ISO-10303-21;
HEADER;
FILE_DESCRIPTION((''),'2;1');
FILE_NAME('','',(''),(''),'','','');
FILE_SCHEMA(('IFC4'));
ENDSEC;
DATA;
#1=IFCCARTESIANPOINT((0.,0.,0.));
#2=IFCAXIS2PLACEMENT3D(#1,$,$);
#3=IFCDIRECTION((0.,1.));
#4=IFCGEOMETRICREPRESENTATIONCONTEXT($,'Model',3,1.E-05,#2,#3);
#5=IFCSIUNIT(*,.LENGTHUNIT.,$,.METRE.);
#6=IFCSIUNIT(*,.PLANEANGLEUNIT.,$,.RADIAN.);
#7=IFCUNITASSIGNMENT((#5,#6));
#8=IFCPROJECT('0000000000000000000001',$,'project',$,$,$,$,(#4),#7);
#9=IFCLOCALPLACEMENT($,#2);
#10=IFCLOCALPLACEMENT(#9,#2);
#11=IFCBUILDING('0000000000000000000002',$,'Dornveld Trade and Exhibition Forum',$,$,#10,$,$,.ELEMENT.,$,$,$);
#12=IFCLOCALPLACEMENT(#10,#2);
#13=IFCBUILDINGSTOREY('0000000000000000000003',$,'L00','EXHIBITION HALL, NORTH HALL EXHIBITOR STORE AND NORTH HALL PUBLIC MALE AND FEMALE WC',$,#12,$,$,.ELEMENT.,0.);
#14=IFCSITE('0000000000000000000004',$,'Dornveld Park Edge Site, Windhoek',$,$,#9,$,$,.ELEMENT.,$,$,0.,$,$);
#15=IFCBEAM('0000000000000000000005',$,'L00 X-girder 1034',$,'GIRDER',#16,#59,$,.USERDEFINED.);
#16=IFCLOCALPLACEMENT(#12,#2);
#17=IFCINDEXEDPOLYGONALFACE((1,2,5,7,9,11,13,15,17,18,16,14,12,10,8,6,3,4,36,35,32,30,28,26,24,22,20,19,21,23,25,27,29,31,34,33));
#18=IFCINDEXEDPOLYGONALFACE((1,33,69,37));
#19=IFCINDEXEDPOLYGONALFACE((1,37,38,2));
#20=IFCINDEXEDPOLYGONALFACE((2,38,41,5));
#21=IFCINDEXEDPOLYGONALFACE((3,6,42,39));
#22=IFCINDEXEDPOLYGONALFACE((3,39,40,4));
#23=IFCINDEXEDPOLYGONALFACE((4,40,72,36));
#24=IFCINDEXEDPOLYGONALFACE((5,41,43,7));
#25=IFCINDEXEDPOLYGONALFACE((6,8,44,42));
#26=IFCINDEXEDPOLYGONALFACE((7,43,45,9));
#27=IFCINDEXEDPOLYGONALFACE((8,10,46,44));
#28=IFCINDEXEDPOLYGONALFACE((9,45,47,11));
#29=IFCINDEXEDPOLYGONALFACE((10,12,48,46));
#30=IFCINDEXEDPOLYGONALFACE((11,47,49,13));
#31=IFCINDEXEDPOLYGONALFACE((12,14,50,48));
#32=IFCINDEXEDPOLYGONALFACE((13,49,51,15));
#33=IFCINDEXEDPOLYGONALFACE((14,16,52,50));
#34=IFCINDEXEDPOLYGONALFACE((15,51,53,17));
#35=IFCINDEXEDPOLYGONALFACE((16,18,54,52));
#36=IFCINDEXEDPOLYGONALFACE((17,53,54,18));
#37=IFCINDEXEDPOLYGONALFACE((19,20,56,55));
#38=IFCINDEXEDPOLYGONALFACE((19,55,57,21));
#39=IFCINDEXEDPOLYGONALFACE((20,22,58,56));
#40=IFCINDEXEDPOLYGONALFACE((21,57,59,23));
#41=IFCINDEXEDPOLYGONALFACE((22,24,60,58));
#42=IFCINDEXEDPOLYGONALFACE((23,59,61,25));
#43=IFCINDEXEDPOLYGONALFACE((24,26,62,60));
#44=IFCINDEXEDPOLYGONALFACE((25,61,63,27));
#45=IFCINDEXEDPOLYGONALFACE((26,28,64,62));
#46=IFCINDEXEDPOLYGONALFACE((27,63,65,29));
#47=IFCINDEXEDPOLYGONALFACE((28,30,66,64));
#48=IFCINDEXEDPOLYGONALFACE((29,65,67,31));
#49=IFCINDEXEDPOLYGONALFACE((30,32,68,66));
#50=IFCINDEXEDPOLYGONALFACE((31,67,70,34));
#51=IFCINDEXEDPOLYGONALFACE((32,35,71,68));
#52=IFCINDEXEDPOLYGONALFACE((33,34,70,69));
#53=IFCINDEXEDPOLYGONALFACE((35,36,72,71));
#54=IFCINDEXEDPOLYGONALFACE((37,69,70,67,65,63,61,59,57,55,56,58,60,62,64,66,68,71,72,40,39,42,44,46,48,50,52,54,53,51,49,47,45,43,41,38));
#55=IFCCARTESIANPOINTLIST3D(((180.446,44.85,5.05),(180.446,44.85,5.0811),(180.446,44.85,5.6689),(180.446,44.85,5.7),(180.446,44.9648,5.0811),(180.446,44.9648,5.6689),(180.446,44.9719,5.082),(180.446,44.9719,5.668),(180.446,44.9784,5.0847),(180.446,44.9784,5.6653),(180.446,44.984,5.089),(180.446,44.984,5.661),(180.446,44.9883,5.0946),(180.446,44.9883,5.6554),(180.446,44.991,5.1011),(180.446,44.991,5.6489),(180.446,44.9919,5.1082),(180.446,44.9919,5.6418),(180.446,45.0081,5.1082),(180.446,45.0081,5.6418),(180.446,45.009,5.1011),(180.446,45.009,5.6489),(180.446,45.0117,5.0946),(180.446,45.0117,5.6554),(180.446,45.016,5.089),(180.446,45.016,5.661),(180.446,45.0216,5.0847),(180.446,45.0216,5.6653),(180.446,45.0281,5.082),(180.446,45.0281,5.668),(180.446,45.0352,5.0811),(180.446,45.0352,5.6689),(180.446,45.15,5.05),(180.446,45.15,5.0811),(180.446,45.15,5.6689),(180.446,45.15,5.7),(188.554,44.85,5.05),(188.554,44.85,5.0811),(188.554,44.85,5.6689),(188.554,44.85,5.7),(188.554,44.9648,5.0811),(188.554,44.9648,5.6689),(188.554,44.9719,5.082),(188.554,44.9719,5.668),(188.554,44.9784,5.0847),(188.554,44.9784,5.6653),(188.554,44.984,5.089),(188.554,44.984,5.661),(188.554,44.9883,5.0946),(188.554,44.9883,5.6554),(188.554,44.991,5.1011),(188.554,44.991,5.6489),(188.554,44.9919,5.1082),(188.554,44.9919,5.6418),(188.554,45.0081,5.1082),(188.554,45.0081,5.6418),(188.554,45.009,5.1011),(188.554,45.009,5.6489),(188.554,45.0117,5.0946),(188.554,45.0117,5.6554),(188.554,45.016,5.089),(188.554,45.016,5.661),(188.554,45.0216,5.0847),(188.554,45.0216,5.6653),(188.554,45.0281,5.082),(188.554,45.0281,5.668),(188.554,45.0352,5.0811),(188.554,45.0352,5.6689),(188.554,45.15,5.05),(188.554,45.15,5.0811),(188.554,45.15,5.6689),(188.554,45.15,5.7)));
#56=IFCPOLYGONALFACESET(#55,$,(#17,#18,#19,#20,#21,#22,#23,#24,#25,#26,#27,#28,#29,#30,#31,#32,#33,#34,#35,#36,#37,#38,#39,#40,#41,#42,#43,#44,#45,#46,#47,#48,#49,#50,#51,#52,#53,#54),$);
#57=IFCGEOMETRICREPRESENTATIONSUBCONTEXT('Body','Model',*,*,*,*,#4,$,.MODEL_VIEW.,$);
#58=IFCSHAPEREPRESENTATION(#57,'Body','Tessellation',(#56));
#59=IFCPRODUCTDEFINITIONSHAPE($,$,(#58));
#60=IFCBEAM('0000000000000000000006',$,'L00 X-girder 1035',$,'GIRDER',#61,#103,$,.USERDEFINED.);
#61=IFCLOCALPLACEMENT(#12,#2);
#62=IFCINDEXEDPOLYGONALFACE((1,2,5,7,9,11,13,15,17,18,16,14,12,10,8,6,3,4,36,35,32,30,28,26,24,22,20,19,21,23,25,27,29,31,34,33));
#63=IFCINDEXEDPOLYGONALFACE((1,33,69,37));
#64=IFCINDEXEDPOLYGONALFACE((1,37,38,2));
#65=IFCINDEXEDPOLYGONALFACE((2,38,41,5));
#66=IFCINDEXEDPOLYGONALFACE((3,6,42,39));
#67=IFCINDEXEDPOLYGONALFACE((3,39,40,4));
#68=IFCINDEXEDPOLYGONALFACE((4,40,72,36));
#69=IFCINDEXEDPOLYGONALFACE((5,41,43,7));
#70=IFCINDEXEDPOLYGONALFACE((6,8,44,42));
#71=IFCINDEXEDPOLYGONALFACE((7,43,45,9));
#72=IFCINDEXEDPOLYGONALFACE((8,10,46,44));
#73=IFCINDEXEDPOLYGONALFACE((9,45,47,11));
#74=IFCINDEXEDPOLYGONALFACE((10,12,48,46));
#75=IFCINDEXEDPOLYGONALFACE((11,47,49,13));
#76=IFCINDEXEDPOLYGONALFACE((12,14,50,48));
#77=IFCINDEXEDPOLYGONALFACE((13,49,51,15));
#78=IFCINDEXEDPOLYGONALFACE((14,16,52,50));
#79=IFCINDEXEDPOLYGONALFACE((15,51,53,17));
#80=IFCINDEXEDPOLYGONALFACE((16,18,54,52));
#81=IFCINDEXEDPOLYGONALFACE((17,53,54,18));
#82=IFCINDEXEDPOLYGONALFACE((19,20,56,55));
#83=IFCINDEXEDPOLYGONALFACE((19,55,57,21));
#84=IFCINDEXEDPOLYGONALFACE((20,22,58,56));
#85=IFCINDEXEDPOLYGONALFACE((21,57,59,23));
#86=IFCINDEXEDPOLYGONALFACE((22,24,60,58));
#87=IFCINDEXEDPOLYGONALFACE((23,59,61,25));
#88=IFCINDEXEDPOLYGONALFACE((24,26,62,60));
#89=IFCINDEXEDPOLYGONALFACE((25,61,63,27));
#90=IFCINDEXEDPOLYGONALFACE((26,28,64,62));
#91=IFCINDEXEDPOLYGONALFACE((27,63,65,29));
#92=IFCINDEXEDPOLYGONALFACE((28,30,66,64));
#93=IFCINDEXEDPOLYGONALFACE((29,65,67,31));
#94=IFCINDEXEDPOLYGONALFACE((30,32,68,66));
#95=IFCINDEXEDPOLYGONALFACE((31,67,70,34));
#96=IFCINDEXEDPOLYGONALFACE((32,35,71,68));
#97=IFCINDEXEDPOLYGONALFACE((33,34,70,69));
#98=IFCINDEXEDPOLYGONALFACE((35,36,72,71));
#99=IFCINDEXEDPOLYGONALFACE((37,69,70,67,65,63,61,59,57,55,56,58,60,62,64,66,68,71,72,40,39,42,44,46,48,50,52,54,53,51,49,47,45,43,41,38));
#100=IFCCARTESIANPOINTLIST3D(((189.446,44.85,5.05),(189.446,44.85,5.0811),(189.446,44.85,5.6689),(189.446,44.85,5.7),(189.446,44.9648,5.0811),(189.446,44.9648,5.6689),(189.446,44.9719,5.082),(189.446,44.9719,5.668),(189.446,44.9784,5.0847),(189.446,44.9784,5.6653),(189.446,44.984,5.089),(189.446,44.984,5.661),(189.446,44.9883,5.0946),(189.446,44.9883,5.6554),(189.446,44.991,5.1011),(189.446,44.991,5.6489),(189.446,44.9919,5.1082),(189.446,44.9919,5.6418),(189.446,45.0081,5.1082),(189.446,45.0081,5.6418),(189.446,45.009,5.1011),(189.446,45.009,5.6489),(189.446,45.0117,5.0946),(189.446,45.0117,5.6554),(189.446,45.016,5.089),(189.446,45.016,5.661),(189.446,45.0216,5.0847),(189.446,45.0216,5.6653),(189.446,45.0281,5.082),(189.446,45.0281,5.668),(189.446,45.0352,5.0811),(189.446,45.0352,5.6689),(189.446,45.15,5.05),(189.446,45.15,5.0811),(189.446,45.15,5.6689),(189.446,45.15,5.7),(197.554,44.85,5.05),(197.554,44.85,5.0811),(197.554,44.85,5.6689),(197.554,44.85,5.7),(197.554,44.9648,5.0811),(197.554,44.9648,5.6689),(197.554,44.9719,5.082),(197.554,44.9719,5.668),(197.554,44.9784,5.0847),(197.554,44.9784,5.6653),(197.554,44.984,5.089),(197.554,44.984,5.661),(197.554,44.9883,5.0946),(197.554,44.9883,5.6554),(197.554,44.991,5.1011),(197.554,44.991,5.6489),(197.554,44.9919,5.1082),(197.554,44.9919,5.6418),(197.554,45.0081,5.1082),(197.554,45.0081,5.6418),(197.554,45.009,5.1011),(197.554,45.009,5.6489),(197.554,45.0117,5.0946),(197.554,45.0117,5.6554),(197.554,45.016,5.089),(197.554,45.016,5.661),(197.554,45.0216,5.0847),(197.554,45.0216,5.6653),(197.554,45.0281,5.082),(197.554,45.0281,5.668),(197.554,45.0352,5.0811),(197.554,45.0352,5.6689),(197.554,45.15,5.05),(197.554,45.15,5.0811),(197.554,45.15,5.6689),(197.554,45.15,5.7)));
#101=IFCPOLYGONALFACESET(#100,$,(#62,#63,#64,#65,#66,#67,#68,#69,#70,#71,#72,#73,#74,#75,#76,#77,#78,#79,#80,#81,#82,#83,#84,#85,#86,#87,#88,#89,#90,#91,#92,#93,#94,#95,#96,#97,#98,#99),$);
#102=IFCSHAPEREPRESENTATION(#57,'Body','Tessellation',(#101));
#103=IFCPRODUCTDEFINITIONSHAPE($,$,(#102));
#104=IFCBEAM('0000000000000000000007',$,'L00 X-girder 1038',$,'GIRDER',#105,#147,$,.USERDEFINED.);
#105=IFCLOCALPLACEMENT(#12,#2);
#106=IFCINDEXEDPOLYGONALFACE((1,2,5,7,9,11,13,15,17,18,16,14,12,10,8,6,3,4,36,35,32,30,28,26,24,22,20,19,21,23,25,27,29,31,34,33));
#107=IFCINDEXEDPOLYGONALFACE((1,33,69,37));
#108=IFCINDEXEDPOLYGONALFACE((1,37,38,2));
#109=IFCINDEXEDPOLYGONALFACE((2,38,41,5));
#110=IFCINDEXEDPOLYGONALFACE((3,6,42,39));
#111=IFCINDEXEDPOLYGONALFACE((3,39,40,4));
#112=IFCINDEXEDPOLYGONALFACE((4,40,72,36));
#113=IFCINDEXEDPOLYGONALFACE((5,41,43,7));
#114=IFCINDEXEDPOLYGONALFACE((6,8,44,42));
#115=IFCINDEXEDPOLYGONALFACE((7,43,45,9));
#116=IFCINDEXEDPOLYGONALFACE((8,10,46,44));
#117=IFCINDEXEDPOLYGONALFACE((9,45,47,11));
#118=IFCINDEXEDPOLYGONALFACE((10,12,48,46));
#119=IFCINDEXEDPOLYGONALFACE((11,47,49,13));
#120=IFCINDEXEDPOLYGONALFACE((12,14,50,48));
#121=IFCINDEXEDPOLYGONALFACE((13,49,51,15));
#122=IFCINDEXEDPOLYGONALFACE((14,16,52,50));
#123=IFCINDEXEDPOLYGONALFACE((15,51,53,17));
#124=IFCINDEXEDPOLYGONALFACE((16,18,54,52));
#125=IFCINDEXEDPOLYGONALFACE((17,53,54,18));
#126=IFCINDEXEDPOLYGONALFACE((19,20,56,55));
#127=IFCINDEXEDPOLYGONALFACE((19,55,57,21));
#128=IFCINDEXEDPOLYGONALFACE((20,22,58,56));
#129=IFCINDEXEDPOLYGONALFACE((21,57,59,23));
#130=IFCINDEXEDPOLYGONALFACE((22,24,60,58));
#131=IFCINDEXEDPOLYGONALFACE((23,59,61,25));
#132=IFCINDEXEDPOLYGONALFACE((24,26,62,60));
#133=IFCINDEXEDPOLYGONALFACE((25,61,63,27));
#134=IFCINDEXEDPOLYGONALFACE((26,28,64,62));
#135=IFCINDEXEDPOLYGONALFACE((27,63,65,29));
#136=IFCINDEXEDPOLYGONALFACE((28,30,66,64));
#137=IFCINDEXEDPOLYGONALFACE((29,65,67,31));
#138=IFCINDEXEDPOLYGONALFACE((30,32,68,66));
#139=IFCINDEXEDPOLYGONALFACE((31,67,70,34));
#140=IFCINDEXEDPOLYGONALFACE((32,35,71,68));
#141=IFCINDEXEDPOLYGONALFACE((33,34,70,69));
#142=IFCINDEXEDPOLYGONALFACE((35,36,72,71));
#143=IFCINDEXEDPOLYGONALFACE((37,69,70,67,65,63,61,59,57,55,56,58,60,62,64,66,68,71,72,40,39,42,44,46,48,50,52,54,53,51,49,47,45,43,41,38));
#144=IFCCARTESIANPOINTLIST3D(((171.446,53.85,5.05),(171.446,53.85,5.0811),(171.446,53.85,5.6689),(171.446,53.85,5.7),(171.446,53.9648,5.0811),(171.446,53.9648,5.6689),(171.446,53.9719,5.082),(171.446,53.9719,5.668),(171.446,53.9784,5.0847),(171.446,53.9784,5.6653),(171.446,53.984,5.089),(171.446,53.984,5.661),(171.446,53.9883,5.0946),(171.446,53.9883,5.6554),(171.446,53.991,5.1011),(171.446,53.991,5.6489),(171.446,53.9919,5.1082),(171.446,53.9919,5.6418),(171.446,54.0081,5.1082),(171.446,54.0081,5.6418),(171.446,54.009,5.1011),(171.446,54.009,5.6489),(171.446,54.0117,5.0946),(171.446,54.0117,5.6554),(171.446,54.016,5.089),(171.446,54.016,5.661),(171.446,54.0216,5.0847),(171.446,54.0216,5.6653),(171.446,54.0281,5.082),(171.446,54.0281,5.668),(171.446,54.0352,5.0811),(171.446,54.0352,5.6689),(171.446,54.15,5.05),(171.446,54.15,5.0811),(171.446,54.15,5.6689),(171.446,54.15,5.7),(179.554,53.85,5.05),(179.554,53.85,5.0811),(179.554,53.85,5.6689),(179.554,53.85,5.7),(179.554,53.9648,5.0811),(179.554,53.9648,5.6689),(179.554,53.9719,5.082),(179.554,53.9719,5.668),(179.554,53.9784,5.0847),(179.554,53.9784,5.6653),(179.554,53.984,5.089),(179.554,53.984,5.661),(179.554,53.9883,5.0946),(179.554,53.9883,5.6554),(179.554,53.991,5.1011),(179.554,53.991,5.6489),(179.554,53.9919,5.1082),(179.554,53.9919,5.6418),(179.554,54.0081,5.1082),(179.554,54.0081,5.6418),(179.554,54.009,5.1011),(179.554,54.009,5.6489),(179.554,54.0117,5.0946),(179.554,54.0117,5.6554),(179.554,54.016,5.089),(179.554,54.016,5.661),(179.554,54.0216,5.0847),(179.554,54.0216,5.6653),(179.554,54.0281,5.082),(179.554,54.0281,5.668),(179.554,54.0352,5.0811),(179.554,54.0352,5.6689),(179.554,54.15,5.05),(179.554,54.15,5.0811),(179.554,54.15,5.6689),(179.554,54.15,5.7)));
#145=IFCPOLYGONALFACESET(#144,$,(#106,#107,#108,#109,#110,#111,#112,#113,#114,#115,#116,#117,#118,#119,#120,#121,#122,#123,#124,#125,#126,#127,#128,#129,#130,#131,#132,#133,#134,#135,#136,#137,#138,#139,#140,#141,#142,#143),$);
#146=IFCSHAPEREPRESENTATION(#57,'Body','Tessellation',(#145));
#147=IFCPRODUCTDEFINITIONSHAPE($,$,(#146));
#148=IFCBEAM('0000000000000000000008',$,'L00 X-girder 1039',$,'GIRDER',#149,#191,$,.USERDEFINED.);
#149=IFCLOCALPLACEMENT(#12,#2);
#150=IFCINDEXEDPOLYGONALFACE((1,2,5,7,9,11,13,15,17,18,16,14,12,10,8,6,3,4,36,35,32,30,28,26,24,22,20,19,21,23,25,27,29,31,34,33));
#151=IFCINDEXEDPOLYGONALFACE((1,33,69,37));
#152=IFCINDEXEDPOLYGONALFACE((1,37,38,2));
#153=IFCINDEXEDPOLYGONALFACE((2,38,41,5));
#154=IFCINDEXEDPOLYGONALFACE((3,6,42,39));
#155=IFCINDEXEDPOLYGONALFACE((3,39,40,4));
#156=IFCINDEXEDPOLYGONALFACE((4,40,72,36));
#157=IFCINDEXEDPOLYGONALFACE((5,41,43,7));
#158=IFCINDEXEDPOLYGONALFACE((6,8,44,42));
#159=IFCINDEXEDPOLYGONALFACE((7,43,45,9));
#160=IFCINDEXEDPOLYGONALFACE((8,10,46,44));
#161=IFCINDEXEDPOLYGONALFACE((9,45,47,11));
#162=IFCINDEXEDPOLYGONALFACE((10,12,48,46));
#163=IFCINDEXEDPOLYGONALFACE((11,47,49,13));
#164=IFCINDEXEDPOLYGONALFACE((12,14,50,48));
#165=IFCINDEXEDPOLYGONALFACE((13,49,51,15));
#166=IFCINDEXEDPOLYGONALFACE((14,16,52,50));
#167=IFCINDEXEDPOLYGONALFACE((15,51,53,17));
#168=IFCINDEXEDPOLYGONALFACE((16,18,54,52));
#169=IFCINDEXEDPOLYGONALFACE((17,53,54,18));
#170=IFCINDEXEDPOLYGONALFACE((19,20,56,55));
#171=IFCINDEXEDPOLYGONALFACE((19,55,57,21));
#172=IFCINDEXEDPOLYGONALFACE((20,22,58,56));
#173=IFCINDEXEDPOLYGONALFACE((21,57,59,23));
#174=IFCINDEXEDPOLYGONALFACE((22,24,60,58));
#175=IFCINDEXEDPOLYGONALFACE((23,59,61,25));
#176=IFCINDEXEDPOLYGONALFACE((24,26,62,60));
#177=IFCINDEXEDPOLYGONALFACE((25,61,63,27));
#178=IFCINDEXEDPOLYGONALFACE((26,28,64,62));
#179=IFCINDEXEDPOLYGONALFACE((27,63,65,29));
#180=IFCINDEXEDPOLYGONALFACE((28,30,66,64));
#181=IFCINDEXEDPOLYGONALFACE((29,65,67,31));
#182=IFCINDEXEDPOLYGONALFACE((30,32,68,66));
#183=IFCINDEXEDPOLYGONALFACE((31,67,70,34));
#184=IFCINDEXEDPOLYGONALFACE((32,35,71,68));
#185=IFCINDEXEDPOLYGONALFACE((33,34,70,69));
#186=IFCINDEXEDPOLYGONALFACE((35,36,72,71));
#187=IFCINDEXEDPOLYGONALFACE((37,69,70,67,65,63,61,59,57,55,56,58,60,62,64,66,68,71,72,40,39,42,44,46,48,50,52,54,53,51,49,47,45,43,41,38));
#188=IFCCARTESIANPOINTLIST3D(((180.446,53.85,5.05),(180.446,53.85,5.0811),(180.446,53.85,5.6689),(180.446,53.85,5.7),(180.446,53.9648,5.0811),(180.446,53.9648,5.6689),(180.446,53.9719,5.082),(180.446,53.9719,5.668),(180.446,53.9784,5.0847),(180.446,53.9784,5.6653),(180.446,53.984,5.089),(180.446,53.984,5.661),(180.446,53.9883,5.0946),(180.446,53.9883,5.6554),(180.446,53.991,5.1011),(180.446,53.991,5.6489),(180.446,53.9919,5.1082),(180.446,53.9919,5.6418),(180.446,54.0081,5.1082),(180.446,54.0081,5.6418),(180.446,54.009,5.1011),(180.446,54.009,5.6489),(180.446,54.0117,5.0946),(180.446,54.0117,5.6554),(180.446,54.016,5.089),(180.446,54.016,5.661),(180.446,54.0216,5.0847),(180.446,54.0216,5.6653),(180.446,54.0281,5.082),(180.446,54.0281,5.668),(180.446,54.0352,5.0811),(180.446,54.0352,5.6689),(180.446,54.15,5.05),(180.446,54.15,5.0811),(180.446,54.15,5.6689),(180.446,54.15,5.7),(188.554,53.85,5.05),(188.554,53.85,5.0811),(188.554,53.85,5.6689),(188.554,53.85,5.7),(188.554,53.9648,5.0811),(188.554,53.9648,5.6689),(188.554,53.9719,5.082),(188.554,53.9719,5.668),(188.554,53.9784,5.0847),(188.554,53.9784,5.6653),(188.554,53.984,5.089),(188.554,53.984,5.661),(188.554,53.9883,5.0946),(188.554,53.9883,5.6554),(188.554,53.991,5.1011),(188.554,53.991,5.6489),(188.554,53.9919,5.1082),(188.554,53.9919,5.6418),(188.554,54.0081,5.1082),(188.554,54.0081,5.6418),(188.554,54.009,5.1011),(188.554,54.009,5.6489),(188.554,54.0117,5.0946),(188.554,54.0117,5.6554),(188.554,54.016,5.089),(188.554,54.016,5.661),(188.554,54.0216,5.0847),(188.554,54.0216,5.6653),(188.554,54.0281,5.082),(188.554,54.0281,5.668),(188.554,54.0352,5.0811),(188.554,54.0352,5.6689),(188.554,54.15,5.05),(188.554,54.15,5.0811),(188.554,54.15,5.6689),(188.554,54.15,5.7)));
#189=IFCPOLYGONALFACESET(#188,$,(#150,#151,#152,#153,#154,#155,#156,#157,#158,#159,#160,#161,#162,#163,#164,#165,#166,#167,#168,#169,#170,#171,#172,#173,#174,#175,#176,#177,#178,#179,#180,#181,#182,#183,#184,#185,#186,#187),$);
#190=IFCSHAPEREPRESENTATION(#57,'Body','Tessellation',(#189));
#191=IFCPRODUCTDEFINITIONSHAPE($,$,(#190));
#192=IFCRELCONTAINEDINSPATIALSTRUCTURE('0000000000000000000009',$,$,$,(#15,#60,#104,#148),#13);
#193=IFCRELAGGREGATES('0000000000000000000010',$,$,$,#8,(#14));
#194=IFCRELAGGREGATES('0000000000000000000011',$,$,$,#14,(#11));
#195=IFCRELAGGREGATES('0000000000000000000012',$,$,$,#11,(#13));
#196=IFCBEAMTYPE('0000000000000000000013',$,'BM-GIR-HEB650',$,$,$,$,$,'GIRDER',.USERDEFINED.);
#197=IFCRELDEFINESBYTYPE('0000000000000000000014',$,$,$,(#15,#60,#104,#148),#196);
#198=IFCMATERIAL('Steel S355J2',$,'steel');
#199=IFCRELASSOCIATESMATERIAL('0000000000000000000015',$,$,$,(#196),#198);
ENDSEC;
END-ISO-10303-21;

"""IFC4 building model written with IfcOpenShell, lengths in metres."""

from ifc_helpers import new_model, si_unit, direction, frame, origin, origin_2d, place, context, subcontext, project, spatial, i_section, extrude, material, material_profile, profile_set, type_object, element, save


model = new_model("IFC4")

# Units and contexts
model_context = context("Model", 3, precision=1e-05, world=origin(), true_north=direction((0.0, 1.0)))
body_context = subcontext(model_context, "Body", "Model", "MODEL_VIEW")
ifc_project = project(units=[si_unit("LENGTHUNIT", "METRE"), si_unit("PLANEANGLEUNIT", "RADIAN")], contexts=[model_context])

# Site, building, storey
site_placement = place(None, origin())
site = spatial("IfcSite", under=ifc_project, at=site_placement, Name="Dornveld Park Edge Site, Windhoek", CompositionType="ELEMENT", RefElevation=0.0)
building_placement = place(site_placement, origin())
building = spatial("IfcBuilding", under=site, at=building_placement, Name="Dornveld Trade and Exhibition Forum", CompositionType="ELEMENT")
storey_placement = place(building_placement, origin())
storey = spatial("IfcBuildingStorey", under=building, at=storey_placement, Name="L00", Description="EXHIBITION HALL, NORTH HALL EXHIBITOR STORE AND NORTH HALL PUBLIC MALE AND FEMALE WC", CompositionType="ELEMENT", Elevation=0.0)

# Beams
ifc_material_1 = material(Name="Steel S355J2", Category="steel")
ifc_material_profile_1 = material_profile(ifc_material_1, i_section(OverallWidth=0.3, OverallDepth=0.6499, WebThickness=0.0161, FlangeThickness=0.031, FilletRadius=0.0271, at=origin_2d()), Name="HEB 650")
ifc_profile_set_1 = profile_set([ifc_material_profile_1], Name="Steel S355J2")
beam_type_1 = type_object("IfcBeamType", Name="BM-GIR-HEB650", ElementType="GIRDER", PredefinedType="USERDEFINED", material=ifc_profile_set_1)
for number, where, z_axis, x_axis, name in (
    (1, (180.446, 45.0, 5.375), (1.0, 0.0, 0.0), (0.0, 1.0, 0.0), "L00 X-girder 1034"),
    (2, (189.446, 45.0, 5.375), (1.0, 0.0, 0.0), (0.0, 1.0, 0.0), "L00 X-girder 1035"),
    (3, (171.446, 54.0, 5.375), (1.0, 0.0, 0.0), (0.0, 1.0, 0.0), "L00 X-girder 1038"),
    (4, (180.446, 54.0, 5.375), (1.0, 0.0, 0.0), (0.0, 1.0, 0.0), "L00 X-girder 1039"),
):
    element("IfcBeam", number, at=place(storey_placement, frame(where, z_axis=z_axis, x_axis=x_axis)), inside=storey, type_object=beam_type_1, Name=name, ObjectType="GIRDER", PredefinedType="USERDEFINED", context=body_context, shape_type="SweptSolid", body=[
        extrude(i_section(OverallWidth=0.3, OverallDepth=0.6499, WebThickness=0.0161, FlangeThickness=0.031, FilletRadius=0.0271, at=origin_2d()), origin(), (0.0, 0.0, 1.0), 8.1079),
    ])

save(model, "model.ifc")
